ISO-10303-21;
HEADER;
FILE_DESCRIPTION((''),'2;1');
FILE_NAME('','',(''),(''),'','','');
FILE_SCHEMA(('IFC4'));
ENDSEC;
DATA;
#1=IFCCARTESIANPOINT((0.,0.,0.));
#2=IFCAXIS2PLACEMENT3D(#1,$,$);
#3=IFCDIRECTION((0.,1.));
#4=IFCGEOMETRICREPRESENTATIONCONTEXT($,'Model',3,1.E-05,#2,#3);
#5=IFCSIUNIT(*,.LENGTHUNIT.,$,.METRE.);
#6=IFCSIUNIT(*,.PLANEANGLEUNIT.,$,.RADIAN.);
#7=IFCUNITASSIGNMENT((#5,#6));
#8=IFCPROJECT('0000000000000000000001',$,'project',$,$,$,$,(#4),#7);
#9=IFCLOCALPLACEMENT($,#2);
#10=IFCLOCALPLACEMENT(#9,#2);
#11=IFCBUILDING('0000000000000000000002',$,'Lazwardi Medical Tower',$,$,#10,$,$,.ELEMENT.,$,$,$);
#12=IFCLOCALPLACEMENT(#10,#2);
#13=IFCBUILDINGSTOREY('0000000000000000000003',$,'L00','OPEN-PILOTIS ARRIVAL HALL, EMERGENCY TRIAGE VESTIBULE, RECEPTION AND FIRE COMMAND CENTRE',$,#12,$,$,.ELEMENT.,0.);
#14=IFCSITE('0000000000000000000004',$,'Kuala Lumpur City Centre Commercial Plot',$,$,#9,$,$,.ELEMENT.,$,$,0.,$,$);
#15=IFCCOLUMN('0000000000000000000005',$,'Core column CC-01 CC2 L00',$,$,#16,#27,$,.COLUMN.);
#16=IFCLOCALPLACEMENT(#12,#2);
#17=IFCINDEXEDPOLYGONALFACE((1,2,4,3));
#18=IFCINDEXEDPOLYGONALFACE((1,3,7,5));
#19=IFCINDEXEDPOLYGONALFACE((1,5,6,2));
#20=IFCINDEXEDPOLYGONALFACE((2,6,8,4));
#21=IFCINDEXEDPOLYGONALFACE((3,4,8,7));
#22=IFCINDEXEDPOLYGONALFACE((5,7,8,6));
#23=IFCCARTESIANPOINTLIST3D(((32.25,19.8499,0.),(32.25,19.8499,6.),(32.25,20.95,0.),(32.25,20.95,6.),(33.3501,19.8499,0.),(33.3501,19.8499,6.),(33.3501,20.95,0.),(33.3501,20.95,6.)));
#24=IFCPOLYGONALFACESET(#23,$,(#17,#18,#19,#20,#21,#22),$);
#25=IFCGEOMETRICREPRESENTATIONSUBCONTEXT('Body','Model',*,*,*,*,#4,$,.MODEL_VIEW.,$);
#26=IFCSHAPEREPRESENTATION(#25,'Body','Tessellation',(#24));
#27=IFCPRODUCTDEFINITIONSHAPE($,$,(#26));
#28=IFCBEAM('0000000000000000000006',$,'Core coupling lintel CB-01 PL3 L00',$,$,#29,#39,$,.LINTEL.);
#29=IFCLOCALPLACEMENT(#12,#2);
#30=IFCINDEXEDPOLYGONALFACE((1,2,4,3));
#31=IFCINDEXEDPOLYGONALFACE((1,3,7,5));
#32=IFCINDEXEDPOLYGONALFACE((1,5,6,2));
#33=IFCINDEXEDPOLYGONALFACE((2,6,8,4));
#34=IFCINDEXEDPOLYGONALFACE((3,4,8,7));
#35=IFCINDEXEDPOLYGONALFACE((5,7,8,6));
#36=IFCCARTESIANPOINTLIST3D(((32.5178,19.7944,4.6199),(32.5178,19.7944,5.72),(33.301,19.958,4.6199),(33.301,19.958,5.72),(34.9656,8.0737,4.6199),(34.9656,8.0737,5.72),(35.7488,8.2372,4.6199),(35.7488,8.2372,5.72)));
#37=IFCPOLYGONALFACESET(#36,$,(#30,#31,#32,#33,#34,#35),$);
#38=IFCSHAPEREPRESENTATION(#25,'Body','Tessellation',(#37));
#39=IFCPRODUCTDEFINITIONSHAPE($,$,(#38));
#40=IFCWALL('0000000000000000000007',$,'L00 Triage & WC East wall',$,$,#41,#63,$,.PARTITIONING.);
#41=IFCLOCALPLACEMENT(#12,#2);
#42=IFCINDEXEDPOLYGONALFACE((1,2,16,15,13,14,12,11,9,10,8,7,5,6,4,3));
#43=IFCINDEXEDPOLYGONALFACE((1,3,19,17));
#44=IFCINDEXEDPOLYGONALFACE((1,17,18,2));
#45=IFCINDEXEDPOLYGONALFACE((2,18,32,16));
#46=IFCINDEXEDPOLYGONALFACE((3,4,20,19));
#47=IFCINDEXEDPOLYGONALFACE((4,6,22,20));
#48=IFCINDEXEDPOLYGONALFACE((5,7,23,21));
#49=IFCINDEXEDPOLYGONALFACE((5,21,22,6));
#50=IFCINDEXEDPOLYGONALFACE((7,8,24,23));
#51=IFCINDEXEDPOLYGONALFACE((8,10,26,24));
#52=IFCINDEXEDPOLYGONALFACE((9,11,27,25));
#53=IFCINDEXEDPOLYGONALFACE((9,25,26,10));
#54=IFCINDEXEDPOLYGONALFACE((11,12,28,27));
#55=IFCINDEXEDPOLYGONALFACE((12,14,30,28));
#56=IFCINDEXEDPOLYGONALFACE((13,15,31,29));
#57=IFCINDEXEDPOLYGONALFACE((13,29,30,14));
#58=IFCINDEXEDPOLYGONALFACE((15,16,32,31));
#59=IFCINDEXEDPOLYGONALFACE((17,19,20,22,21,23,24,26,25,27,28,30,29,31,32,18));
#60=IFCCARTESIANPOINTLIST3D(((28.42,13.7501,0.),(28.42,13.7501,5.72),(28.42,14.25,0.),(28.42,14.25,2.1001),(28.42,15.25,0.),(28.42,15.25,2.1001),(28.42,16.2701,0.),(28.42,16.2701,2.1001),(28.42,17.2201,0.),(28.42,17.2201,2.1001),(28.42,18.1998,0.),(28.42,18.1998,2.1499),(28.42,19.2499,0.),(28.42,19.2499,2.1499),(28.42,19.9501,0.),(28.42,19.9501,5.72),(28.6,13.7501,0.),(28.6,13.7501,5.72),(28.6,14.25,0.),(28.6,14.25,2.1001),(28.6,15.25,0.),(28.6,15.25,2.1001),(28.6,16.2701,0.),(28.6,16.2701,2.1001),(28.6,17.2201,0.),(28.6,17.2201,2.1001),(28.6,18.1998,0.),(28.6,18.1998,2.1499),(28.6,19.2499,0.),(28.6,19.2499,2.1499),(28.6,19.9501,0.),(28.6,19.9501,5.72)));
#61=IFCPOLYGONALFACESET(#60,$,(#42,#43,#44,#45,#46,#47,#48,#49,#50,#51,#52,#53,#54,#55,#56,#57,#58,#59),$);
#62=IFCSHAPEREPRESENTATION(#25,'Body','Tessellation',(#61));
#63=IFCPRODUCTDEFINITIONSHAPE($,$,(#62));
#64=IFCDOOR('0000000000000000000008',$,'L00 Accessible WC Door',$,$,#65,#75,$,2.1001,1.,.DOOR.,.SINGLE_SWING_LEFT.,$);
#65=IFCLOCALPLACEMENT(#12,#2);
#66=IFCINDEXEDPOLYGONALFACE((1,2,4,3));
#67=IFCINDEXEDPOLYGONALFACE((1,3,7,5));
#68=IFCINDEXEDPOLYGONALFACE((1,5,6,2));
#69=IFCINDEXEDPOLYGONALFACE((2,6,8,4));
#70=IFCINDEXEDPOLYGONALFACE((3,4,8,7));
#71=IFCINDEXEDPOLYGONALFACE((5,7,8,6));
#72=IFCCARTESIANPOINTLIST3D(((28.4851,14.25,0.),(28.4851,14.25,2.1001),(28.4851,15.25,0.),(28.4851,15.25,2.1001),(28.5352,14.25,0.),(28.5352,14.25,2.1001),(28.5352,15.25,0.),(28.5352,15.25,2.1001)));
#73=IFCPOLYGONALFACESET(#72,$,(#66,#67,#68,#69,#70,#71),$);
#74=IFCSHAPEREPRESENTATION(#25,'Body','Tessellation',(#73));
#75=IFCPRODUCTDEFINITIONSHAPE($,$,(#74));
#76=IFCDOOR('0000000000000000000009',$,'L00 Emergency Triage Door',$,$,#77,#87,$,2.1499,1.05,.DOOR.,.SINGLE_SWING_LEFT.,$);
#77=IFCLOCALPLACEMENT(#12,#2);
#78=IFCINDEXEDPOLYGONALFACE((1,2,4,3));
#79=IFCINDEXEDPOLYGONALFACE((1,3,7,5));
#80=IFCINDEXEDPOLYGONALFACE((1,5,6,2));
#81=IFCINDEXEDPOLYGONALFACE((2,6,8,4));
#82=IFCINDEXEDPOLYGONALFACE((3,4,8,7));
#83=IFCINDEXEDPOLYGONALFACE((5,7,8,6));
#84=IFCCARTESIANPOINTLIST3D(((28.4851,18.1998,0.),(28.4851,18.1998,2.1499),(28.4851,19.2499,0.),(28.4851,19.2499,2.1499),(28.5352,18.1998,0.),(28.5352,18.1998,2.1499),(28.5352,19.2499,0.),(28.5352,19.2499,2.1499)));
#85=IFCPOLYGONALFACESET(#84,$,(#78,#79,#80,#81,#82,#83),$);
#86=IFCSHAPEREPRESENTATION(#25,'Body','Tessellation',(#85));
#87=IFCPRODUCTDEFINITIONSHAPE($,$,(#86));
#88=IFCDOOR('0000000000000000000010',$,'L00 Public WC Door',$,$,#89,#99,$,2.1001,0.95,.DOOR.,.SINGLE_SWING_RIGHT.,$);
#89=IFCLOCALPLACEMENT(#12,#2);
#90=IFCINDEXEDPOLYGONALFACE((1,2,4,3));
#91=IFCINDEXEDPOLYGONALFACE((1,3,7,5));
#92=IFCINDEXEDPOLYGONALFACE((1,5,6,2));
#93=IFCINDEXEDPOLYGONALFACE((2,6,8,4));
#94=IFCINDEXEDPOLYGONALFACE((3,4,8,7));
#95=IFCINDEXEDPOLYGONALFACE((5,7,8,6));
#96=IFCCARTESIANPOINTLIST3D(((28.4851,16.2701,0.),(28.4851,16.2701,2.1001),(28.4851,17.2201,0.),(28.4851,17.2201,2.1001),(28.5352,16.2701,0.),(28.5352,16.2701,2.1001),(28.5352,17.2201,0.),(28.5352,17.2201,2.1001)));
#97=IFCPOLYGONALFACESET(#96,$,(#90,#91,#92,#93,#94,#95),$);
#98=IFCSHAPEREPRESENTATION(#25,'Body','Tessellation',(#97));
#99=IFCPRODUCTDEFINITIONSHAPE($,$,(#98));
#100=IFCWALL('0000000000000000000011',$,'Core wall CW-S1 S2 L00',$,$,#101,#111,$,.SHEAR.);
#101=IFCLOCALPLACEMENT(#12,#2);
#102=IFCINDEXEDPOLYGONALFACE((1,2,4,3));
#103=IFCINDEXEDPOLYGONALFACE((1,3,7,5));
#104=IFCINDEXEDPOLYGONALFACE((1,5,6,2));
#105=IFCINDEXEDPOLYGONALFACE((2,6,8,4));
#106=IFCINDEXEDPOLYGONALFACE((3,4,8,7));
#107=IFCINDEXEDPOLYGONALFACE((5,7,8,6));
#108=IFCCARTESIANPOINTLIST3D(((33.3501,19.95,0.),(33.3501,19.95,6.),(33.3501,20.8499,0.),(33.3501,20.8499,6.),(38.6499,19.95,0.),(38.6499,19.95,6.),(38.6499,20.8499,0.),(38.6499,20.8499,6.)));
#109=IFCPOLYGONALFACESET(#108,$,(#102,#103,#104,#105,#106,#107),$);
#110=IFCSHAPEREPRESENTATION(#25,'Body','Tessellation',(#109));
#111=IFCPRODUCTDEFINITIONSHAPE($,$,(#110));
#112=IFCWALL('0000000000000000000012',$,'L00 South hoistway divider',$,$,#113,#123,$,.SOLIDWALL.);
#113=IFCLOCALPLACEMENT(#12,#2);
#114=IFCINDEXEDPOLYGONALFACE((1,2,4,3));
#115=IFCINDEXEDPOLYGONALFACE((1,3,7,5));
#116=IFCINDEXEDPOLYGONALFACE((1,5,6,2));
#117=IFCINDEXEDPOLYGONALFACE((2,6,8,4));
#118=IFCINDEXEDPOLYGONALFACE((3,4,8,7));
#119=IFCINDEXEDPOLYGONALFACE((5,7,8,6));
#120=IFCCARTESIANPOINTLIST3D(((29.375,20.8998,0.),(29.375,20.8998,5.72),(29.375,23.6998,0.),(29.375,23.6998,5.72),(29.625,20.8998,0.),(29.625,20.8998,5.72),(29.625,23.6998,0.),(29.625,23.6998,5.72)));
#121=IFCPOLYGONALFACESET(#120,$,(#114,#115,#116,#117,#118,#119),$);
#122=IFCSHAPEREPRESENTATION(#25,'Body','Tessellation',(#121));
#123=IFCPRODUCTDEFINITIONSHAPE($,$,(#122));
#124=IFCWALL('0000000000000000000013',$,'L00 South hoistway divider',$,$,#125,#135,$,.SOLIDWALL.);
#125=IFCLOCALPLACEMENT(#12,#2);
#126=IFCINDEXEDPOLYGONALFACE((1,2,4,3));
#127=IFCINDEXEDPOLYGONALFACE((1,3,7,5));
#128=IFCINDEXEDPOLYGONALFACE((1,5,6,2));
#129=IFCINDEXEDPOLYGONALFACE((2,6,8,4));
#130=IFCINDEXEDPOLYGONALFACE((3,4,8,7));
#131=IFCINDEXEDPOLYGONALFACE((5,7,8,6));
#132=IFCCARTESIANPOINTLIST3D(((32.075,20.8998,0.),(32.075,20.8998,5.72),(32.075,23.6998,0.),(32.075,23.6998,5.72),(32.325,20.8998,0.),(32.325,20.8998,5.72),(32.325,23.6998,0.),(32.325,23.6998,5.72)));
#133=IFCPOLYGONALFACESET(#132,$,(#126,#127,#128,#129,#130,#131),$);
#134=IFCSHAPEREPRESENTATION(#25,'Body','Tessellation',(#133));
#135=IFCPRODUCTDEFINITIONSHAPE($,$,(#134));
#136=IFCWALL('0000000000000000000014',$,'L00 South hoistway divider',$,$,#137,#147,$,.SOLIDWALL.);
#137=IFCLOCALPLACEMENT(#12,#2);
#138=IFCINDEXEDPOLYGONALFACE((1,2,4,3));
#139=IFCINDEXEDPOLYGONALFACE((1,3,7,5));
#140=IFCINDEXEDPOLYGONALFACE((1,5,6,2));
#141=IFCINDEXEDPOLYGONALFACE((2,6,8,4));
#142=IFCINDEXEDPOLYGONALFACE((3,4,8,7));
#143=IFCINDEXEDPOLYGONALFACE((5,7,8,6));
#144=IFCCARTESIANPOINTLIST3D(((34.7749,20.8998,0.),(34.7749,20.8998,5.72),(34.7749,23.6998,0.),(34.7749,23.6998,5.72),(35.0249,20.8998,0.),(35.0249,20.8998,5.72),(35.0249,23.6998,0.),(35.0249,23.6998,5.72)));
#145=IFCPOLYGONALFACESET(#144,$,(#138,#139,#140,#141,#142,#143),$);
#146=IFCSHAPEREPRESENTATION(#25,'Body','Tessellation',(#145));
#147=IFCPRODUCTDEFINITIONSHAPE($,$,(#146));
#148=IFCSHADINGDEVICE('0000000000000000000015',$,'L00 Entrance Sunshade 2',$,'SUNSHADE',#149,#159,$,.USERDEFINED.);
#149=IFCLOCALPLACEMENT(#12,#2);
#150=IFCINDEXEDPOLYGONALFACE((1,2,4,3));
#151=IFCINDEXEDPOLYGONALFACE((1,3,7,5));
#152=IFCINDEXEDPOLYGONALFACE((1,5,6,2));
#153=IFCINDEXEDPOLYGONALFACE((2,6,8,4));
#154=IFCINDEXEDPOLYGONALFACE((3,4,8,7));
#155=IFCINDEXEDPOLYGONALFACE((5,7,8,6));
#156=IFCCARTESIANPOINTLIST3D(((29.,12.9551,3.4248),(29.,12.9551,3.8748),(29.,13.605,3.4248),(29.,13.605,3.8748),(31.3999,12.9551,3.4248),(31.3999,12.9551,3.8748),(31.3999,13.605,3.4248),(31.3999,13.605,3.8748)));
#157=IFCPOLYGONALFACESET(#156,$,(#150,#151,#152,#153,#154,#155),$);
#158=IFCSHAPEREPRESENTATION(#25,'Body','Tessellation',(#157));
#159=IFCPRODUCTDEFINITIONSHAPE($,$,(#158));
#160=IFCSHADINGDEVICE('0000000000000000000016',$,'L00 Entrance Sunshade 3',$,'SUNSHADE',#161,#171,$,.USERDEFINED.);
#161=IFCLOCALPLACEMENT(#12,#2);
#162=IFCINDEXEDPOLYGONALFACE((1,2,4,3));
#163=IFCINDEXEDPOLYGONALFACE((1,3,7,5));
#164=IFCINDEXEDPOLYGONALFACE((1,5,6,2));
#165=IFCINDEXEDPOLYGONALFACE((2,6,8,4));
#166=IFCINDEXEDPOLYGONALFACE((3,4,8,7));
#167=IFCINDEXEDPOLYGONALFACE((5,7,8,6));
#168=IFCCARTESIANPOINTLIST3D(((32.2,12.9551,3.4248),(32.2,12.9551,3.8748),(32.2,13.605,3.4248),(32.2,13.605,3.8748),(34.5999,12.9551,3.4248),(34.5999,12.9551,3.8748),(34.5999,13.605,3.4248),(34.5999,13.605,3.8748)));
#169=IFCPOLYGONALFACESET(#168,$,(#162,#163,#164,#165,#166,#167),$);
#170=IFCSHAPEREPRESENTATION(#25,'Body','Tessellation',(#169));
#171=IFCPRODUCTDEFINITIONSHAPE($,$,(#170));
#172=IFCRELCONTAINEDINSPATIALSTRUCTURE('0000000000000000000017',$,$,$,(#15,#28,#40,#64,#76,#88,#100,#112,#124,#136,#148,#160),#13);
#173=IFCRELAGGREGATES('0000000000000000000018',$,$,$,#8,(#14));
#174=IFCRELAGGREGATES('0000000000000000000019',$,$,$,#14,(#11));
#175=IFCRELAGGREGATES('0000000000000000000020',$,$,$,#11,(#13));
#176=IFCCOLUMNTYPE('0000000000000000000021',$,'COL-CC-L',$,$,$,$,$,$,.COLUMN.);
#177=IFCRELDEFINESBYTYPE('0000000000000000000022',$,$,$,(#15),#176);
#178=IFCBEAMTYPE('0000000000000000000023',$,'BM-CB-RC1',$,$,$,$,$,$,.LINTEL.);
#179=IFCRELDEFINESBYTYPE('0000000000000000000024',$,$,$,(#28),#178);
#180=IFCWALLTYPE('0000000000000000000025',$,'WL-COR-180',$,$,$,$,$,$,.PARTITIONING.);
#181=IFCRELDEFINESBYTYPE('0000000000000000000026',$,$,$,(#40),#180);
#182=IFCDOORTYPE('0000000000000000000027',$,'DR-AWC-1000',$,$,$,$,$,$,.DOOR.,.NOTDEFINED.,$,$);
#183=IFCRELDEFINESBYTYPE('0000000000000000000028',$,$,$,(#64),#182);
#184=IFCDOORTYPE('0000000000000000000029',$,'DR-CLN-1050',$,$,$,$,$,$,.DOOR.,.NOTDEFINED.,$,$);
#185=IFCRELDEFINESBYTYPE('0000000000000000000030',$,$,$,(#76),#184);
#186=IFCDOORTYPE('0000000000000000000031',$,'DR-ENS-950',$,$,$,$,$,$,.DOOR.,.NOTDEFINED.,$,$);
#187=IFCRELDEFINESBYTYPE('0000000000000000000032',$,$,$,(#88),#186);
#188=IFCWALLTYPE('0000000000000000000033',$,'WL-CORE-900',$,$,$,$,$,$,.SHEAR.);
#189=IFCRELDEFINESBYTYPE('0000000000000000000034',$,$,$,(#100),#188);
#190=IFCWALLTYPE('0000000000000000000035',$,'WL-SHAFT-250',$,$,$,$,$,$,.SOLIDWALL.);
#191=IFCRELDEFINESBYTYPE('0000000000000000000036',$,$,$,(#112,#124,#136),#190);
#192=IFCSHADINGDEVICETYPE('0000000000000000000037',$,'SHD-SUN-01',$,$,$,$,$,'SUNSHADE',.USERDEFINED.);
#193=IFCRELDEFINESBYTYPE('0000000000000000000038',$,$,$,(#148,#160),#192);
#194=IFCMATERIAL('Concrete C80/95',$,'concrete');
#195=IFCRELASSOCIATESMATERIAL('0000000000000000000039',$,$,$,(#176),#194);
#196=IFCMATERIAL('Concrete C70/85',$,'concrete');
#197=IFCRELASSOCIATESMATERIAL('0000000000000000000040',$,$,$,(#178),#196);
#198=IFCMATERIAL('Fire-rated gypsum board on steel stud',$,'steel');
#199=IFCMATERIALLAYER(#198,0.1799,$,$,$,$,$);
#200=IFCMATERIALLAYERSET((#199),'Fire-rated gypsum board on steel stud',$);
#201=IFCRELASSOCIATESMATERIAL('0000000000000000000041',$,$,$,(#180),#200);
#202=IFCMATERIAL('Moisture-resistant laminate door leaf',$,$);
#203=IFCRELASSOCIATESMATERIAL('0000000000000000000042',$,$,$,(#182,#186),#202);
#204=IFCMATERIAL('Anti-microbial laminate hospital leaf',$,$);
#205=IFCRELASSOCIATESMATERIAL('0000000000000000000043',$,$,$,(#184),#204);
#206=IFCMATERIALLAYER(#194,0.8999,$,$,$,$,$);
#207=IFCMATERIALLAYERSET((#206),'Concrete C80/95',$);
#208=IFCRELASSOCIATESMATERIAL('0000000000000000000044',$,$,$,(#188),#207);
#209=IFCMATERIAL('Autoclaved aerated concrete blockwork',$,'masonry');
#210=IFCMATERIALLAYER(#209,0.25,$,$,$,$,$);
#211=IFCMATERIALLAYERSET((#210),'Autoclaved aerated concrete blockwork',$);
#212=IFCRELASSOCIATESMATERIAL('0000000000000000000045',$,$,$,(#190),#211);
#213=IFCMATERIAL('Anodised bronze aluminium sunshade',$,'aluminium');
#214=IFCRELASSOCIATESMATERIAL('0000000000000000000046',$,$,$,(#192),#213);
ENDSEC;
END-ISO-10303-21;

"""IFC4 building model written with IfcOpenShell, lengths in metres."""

from ifc_helpers import new_model, si_unit, direction, frame, frame_2d, origin, origin_2d, place, context, subcontext, project, spatial, rectangle, extrude, material, layer, layer_set, material_profile, profile_set, type_object, element, fill, save


model = new_model("IFC4")

# Units and contexts
model_context = context("Model", 3, precision=1e-05, world=origin(), true_north=direction((0.0, 1.0)))
body_context = subcontext(model_context, "Body", "Model", "MODEL_VIEW")
ifc_project = project(units=[si_unit("LENGTHUNIT", "METRE"), si_unit("PLANEANGLEUNIT", "RADIAN")], contexts=[model_context])

# Site, building, storey
site_placement = place(None, origin())
site = spatial("IfcSite", under=ifc_project, at=site_placement, Name="Kuala Lumpur City Centre Commercial Plot", CompositionType="ELEMENT", RefElevation=0.0)
building_placement = place(site_placement, origin())
building = spatial("IfcBuilding", under=site, at=building_placement, Name="Lazwardi Medical Tower", CompositionType="ELEMENT")
storey_placement = place(building_placement, origin())
storey = spatial("IfcBuildingStorey", under=building, at=storey_placement, Name="L00", Description="OPEN-PILOTIS ARRIVAL HALL, EMERGENCY TRIAGE VESTIBULE, RECEPTION AND FIRE COMMAND CENTRE", CompositionType="ELEMENT", Elevation=0.0)

# Column
ifc_material_1 = material(Name="Concrete C80/95", Category="concrete")
ifc_material_profile_1 = material_profile(ifc_material_1, rectangle(XDim=1.1001, YDim=1.1001, at=origin_2d()), Name="RC 1100x1100")
ifc_profile_set_1 = profile_set([ifc_material_profile_1], Name="Concrete C80/95")
column_type = type_object("IfcColumnType", Name="COL-CC-L", PredefinedType="COLUMN", material=ifc_profile_set_1)
column_placement = place(storey_placement, frame((32.8, 20.3999, 0.0), z_axis=(0.0, 0.0, 1.0), x_axis=(1.0, 0.0, 0.0)))
element("IfcColumn", 1, at=column_placement, inside=storey, type_object=column_type, Name="Core column CC-01 CC2 L00", PredefinedType="COLUMN", context=body_context, shape_type="SweptSolid", body=[
    extrude(rectangle(XDim=1.1001, YDim=1.1001, at=origin_2d()), origin(), (0.0, 0.0, 1.0), 6.0),
])

# Beam
ifc_material_2 = material(Name="Concrete C70/85", Category="concrete")
ifc_material_profile_2 = material_profile(ifc_material_2, rectangle(XDim=0.8, YDim=1.1001, at=origin_2d()), Name="RC 800x1100")
ifc_profile_set_2 = profile_set([ifc_material_profile_2], Name="Concrete C70/85")
beam_type = type_object("IfcBeamType", Name="BM-CB-RC1", PredefinedType="LINTEL", material=ifc_profile_set_2)
beam_placement = place(storey_placement, frame((32.9094, 19.8762, 5.1699), z_axis=(0.20443, -0.978881, 0.0), x_axis=(0.978881, 0.20443, 0.0)))
element("IfcBeam", 2, at=beam_placement, inside=storey, type_object=beam_type, Name="Core coupling lintel CB-01 PL3 L00", PredefinedType="LINTEL", context=body_context, shape_type="SweptSolid", body=[
    extrude(rectangle(XDim=0.8, YDim=1.1001, at=origin_2d()), origin(), (0.0, 0.0, 1.0), 11.9736),
])

# Wall, openings, doors
ifc_material_3 = material(Name="Fire-rated gypsum board on steel stud", Category="steel")
ifc_layer_1 = layer(ifc_material_3, 0.1799)
ifc_layer_set_1 = layer_set([ifc_layer_1], Name="Fire-rated gypsum board on steel stud")
wall_type_1 = type_object("IfcWallType", Name="WL-COR-180", PredefinedType="PARTITIONING", material=ifc_layer_set_1)
wall_1_placement = place(storey_placement, frame((28.51, 13.75, 0.0), z_axis=(0.0, 0.0, 1.0), x_axis=(0.0, 1.0, 0.0)))
wall_1 = element("IfcWall", 3, at=wall_1_placement, inside=storey, type_object=wall_type_1, Name="L00 Triage & WC East wall", PredefinedType="PARTITIONING", context=body_context, shape_type="SweptSolid", body=[
    extrude(rectangle(XDim=6.2, YDim=0.1799, at=frame_2d((3.1001, 0.0))), origin(), (0.0, 0.0, 1.0), 5.72),
])
opening_1_placement = place(wall_1_placement, frame((0.5, 0.0, 0.0)))
opening_1 = element("IfcOpeningElement", 4, at=opening_1_placement, cuts=wall_1, PredefinedType="OPENING", context=body_context, shape_type="SweptSolid", body=[
    extrude(rectangle(XDim=1.0, YDim=2.1001, at=frame_2d((0.5, 1.05))), frame((0.0, 0.0999, 0.0), z_axis=(0.0, -1.0, 0.0), x_axis=(1.0, 0.0, 0.0)), (0.0, 0.0, 1.0), 0.2),
])
opening_2_placement = place(wall_1_placement, frame((2.52, 0.0, 0.0)))
opening_2 = element("IfcOpeningElement", 5, at=opening_2_placement, cuts=wall_1, PredefinedType="OPENING", context=body_context, shape_type="SweptSolid", body=[
    extrude(rectangle(XDim=0.95, YDim=2.1001, at=frame_2d((0.4751, 1.05))), frame((0.0, 0.0999, 0.0), z_axis=(0.0, -1.0, 0.0), x_axis=(1.0, 0.0, 0.0)), (0.0, 0.0, 1.0), 0.2),
])
opening_3_placement = place(wall_1_placement, frame((4.45, 0.0, 0.0)))
opening_3 = element("IfcOpeningElement", 6, at=opening_3_placement, cuts=wall_1, PredefinedType="OPENING", context=body_context, shape_type="SweptSolid", body=[
    extrude(rectangle(XDim=1.05, YDim=2.1499, at=frame_2d((0.5249, 1.075))), frame((0.0, 0.0999, 0.0), z_axis=(0.0, -1.0, 0.0), x_axis=(1.0, 0.0, 0.0)), (0.0, 0.0, 1.0), 0.2),
])
ifc_material_4 = material(Name="Moisture-resistant laminate door leaf")
door_type_1 = type_object("IfcDoorType", Name="DR-AWC-1000", OperationType="NOTDEFINED", PredefinedType="DOOR", material=ifc_material_4)
door_1_placement = place(opening_1_placement, origin())
door_1 = element("IfcDoor", 7, at=door_1_placement, inside=storey, type_object=door_type_1, Name="L00 Accessible WC Door", OperationType="SINGLE_SWING_LEFT", OverallHeight=2.1001, OverallWidth=1.0, PredefinedType="DOOR", context=body_context, shape_type="SweptSolid", body=[
    extrude(rectangle(XDim=1.0, YDim=2.1001, at=frame_2d((0.5, 1.05))), frame((0.0, 0.0249, 0.0), z_axis=(0.0, -1.0, 0.0), x_axis=(1.0, 0.0, 0.0)), (0.0, 0.0, 1.0), 0.05),
])
fill(opening_1, door_1)
ifc_material_5 = material(Name="Anti-microbial laminate hospital leaf")
door_type_2 = type_object("IfcDoorType", Name="DR-CLN-1050", OperationType="NOTDEFINED", PredefinedType="DOOR", material=ifc_material_5)
door_2_placement = place(opening_3_placement, origin())
door_2 = element("IfcDoor", 8, at=door_2_placement, inside=storey, type_object=door_type_2, Name="L00 Emergency Triage Door", OperationType="SINGLE_SWING_LEFT", OverallHeight=2.1499, OverallWidth=1.05, PredefinedType="DOOR", context=body_context, shape_type="SweptSolid", body=[
    extrude(rectangle(XDim=1.05, YDim=2.1499, at=frame_2d((0.5249, 1.075))), frame((0.0, 0.0249, 0.0), z_axis=(0.0, -1.0, 0.0), x_axis=(1.0, 0.0, 0.0)), (0.0, 0.0, 1.0), 0.05),
])
fill(opening_3, door_2)
door_type_3 = type_object("IfcDoorType", Name="DR-ENS-950", OperationType="NOTDEFINED", PredefinedType="DOOR", material=ifc_material_4)
door_3_placement = place(opening_2_placement, origin())
door_3 = element("IfcDoor", 9, at=door_3_placement, inside=storey, type_object=door_type_3, Name="L00 Public WC Door", OperationType="SINGLE_SWING_RIGHT", OverallHeight=2.1001, OverallWidth=0.95, PredefinedType="DOOR", context=body_context, shape_type="SweptSolid", body=[
    extrude(rectangle(XDim=0.95, YDim=2.1001, at=frame_2d((0.4751, 1.05))), frame((0.0, 0.0249, 0.0), z_axis=(0.0, -1.0, 0.0), x_axis=(1.0, 0.0, 0.0)), (0.0, 0.0, 1.0), 0.05),
])
fill(opening_2, door_3)

# Walls
ifc_layer_2 = layer(ifc_material_1, 0.8999)
ifc_layer_set_2 = layer_set([ifc_layer_2], Name="Concrete C80/95")
wall_type_2 = type_object("IfcWallType", Name="WL-CORE-900", PredefinedType="SHEAR", material=ifc_layer_set_2)
wall_2_placement = place(storey_placement, frame((33.3501, 20.3999, 0.0), z_axis=(0.0, 0.0, 1.0), x_axis=(1.0, 0.0, 0.0)))
element("IfcWall", 10, at=wall_2_placement, inside=storey, type_object=wall_type_2, Name="Core wall CW-S1 S2 L00", PredefinedType="SHEAR", context=body_context, shape_type="SweptSolid", body=[
    extrude(rectangle(XDim=5.2998, YDim=0.8999, at=frame_2d((2.6499, 0.0))), origin(), (0.0, 0.0, 1.0), 6.0),
])
ifc_material_6 = material(Name="Autoclaved aerated concrete blockwork", Category="masonry")
ifc_layer_3 = layer(ifc_material_6, 0.25)
ifc_layer_set_3 = layer_set([ifc_layer_3], Name="Autoclaved aerated concrete blockwork")
wall_type_3 = type_object("IfcWallType", Name="WL-SHAFT-250", PredefinedType="SOLIDWALL", material=ifc_layer_set_3)
for number, where, z_axis, x_axis, name in (
    (11, (29.5, 20.8999, 0.0), (0.0, 0.0, 1.0), (0.0, 1.0, 0.0), "L00 South hoistway divider"),
    (12, (32.2, 20.8999, 0.0), (0.0, 0.0, 1.0), (0.0, 1.0, 0.0), "L00 South hoistway divider"),
    (13, (34.8999, 20.8999, 0.0), (0.0, 0.0, 1.0), (0.0, 1.0, 0.0), "L00 South hoistway divider"),
):
    element("IfcWall", number, at=place(storey_placement, frame(where, z_axis=z_axis, x_axis=x_axis)), inside=storey, type_object=wall_type_3, Name=name, PredefinedType="SOLIDWALL", context=body_context, shape_type="SweptSolid", body=[
        extrude(rectangle(XDim=2.8, YDim=0.25, at=frame_2d((1.3999, 0.0))), origin(), (0.0, 0.0, 1.0), 5.72),
    ])

# Shading devices
ifc_material_7 = material(Name="Anodised bronze aluminium sunshade", Category="aluminium")
shading_device_type = type_object("IfcShadingDeviceType", Name="SHD-SUN-01", ElementType="SUNSHADE", PredefinedType="USERDEFINED", material=ifc_material_7)
for number, where, z_axis, x_axis, name in (
    (14, (30.2, 13.28, 3.4248), (0.0, 0.0, 1.0), (1.0, 0.0, 0.0), "L00 Entrance Sunshade 2"),
    (15, (33.3999, 13.28, 3.4248), (0.0, 0.0, 1.0), (1.0, 0.0, 0.0), "L00 Entrance Sunshade 3"),
):
    element("IfcShadingDevice", number, at=place(storey_placement, frame(where, z_axis=z_axis, x_axis=x_axis)), inside=storey, type_object=shading_device_type, Name=name, ObjectType="SUNSHADE", PredefinedType="USERDEFINED", context=body_context, shape_type="SweptSolid", body=[
        extrude(rectangle(XDim=2.3999, YDim=0.6499, at=origin_2d()), origin(), (0.0, 0.0, 1.0), 0.45),
    ])

save(model, "model.ifc")
